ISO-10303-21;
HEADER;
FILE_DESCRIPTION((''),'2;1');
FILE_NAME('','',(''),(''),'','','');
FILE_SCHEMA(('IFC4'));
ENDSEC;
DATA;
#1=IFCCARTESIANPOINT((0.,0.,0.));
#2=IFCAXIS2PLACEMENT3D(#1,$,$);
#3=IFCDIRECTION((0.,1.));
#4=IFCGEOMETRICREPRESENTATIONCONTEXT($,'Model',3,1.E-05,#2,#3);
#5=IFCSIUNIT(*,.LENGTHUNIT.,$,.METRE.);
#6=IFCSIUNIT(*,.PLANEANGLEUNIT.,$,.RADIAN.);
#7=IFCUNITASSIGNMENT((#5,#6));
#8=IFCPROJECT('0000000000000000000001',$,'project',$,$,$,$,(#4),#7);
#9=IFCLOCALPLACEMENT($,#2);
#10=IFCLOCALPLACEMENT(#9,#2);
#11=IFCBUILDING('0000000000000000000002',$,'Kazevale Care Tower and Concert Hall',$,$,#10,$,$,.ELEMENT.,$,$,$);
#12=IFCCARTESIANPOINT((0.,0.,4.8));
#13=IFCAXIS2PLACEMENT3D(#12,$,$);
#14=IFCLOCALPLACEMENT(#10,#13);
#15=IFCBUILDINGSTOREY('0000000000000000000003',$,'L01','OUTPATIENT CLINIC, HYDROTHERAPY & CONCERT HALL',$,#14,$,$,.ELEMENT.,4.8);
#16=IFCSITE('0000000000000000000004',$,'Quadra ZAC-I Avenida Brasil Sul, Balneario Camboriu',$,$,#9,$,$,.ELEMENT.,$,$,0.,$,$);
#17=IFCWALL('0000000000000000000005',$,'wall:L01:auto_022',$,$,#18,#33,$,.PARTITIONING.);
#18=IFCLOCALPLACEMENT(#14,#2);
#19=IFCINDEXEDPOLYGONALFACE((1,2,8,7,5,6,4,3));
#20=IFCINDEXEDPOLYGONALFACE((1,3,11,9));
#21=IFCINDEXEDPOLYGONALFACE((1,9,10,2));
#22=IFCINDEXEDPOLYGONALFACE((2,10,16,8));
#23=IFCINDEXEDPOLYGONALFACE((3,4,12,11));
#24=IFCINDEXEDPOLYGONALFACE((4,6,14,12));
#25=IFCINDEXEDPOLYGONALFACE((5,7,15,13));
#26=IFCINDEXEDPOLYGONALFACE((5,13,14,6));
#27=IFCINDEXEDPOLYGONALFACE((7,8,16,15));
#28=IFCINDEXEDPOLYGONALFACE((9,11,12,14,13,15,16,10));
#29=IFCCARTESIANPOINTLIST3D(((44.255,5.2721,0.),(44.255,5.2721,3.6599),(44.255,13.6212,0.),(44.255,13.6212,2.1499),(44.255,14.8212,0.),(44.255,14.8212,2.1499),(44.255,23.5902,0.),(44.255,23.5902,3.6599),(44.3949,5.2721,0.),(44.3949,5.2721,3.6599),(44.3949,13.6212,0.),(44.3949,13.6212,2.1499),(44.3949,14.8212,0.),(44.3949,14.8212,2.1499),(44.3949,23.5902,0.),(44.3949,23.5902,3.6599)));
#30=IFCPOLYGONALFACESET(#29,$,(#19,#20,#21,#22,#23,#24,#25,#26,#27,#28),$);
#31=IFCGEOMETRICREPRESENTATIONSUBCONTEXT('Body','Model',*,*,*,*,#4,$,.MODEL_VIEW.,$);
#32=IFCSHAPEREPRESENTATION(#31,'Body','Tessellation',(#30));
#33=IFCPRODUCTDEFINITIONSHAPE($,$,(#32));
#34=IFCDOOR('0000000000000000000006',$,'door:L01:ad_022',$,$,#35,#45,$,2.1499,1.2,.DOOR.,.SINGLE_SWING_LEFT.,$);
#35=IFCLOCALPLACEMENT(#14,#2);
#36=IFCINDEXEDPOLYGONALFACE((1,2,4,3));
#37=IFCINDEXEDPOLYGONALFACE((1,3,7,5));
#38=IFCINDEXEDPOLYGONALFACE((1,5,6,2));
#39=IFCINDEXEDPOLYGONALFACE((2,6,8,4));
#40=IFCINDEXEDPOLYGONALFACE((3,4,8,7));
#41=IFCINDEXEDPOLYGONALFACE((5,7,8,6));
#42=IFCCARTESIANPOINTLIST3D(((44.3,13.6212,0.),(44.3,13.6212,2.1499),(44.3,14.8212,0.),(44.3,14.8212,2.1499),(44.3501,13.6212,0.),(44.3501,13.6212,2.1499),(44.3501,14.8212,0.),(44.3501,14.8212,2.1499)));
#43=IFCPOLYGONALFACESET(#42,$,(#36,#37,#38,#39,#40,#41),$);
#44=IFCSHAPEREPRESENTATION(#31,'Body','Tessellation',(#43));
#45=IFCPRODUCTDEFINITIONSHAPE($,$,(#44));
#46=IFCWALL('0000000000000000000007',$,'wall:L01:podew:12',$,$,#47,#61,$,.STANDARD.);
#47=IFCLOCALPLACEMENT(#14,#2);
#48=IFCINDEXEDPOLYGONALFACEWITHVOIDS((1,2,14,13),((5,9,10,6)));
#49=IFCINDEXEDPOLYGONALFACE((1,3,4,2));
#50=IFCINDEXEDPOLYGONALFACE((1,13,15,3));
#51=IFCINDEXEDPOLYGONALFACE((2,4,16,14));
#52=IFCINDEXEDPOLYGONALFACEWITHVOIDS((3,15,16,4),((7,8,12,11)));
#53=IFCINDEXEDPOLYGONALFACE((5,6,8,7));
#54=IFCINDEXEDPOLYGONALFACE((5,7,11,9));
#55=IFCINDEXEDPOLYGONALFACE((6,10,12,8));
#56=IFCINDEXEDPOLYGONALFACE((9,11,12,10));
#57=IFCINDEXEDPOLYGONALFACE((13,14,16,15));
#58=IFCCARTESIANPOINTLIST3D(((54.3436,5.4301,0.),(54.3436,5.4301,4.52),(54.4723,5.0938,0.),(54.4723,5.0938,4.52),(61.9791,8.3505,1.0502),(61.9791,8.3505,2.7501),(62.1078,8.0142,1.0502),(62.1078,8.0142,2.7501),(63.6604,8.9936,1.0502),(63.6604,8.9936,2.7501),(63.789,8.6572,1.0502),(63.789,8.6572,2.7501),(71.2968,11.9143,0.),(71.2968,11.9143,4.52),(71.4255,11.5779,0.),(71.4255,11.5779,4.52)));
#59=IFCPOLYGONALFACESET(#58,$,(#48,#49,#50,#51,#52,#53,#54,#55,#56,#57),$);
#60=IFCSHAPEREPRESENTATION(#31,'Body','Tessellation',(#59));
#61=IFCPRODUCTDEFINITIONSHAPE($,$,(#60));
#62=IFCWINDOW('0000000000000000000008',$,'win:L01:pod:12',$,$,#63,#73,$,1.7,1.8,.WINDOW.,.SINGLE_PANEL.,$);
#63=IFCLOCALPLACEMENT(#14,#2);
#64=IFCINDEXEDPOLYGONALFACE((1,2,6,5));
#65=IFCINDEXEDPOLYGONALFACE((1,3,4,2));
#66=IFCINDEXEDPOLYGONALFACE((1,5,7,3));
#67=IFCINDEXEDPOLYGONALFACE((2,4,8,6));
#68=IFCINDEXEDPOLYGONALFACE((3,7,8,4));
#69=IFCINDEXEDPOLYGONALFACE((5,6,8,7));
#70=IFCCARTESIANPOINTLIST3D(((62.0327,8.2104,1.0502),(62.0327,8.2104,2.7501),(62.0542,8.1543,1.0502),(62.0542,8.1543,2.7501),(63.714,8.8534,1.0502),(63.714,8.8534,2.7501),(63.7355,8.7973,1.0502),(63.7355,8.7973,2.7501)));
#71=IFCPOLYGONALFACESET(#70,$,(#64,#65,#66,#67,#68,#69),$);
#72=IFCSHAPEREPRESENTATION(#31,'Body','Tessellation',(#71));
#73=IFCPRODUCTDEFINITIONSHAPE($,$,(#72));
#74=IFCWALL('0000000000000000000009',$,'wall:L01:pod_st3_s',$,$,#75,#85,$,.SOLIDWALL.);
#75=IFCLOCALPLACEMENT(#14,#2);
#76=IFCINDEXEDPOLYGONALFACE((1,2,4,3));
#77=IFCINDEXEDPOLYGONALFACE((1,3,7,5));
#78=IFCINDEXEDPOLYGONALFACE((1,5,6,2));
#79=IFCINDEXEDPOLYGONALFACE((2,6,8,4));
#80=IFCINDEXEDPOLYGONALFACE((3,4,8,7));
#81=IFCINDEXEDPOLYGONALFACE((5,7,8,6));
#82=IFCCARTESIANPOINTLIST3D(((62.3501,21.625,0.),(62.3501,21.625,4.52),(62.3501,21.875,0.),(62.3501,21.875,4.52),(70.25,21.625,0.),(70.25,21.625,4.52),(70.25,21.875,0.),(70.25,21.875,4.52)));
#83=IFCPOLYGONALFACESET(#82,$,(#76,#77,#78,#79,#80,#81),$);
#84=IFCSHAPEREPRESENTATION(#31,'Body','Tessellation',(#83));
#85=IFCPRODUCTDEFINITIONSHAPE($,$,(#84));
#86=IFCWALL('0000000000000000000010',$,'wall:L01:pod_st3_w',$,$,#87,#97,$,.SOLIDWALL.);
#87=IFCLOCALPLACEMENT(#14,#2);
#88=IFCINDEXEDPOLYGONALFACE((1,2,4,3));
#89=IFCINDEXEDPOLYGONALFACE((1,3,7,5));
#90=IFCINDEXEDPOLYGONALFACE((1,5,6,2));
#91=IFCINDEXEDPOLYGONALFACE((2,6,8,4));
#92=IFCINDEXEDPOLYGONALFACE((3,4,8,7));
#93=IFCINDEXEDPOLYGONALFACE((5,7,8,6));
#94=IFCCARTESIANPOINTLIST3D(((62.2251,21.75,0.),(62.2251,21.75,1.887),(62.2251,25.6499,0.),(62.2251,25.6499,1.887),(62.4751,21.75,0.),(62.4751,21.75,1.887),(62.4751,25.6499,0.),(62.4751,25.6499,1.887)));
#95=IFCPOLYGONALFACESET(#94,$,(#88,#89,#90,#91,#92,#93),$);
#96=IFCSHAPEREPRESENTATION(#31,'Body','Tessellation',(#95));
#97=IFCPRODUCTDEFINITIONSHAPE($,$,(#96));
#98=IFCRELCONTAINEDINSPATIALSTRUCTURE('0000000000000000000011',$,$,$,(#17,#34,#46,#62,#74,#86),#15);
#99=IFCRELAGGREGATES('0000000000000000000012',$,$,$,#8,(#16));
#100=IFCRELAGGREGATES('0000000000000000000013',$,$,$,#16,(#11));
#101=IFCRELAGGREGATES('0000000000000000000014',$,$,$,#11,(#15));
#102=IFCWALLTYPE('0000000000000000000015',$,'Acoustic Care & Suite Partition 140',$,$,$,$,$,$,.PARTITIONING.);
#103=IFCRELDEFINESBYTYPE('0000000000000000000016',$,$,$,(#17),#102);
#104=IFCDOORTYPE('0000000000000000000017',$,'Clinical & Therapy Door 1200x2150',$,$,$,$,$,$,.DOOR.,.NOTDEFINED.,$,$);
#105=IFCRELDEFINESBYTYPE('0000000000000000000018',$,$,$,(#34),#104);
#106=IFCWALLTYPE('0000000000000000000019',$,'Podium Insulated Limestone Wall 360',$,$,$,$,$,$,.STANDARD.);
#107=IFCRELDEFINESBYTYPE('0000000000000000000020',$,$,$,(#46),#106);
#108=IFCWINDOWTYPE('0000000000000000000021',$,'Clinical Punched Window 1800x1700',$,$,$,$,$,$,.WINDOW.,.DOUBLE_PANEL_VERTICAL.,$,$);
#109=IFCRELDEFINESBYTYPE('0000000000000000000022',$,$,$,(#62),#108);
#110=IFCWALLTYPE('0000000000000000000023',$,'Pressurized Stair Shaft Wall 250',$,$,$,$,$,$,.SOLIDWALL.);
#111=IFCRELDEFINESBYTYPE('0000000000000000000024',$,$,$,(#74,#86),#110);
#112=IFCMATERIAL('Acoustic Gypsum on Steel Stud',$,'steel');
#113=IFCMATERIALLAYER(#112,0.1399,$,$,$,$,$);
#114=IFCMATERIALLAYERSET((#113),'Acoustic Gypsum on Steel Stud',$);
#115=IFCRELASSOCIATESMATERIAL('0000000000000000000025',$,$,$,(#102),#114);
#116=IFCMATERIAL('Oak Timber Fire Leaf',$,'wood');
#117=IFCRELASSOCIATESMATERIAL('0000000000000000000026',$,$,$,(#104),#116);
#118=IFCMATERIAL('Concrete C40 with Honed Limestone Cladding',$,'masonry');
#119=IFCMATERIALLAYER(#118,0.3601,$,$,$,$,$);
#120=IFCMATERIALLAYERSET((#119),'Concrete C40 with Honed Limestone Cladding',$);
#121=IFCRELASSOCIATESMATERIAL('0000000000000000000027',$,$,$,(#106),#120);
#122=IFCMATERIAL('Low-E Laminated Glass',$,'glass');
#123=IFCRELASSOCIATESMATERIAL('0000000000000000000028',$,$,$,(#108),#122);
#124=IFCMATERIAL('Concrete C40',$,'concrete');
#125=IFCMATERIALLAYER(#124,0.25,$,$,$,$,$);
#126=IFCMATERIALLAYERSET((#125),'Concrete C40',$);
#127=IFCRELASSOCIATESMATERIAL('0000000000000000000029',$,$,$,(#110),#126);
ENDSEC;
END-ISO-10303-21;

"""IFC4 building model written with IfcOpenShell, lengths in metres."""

from ifc_helpers import new_model, si_unit, direction, frame, frame_2d, origin, place, context, subcontext, project, spatial, rectangle, extrude, material, layer, layer_set, type_object, element, fill, save


model = new_model("IFC4")

# Units and contexts
model_context = context("Model", 3, precision=1e-05, world=origin(), true_north=direction((0.0, 1.0)))
body_context = subcontext(model_context, "Body", "Model", "MODEL_VIEW")
ifc_project = project(units=[si_unit("LENGTHUNIT", "METRE"), si_unit("PLANEANGLEUNIT", "RADIAN")], contexts=[model_context])

# Site, building, storey
site_placement = place(None, origin())
site = spatial("IfcSite", under=ifc_project, at=site_placement, Name="Quadra ZAC-I Avenida Brasil Sul, Balneario Camboriu", CompositionType="ELEMENT", RefElevation=0.0)
building_placement = place(site_placement, origin())
building = spatial("IfcBuilding", under=site, at=building_placement, Name="Kazevale Care Tower and Concert Hall", CompositionType="ELEMENT")
storey_placement = place(building_placement, frame((0.0, 0.0, 4.8)))
storey = spatial("IfcBuildingStorey", under=building, at=storey_placement, Name="L01", Description="OUTPATIENT CLINIC, HYDROTHERAPY & CONCERT HALL", CompositionType="ELEMENT", Elevation=4.8)

# Wall, opening, door
ifc_material_1 = material(Name="Acoustic Gypsum on Steel Stud", Category="steel")
ifc_layer_1 = layer(ifc_material_1, 0.1399)
ifc_layer_set_1 = layer_set([ifc_layer_1], Name="Acoustic Gypsum on Steel Stud")
wall_type_1 = type_object("IfcWallType", Name="Acoustic Care & Suite Partition 140", PredefinedType="PARTITIONING", material=ifc_layer_set_1)
wall_1_placement = place(storey_placement, frame((44.325, 5.272, 0.0), z_axis=(0.0, 0.0, 1.0), x_axis=(0.0, 1.0, 0.0)))
wall_1 = element("IfcWall", 1, at=wall_1_placement, inside=storey, type_object=wall_type_1, Name="wall:L01:auto_022", PredefinedType="PARTITIONING", context=body_context, shape_type="SweptSolid", body=[
    extrude(rectangle(XDim=18.3181, YDim=0.1399, at=frame_2d((9.1592, 0.0))), origin(), (0.0, 0.0, 1.0), 3.6599),
])
opening_1_placement = place(wall_1_placement, frame((8.3491, 0.0, 0.0)))
opening_1 = element("IfcOpeningElement", 2, at=opening_1_placement, cuts=wall_1, PredefinedType="OPENING", context=body_context, shape_type="SweptSolid", body=[
    extrude(rectangle(XDim=1.2, YDim=2.1499, at=frame_2d((0.6001, 1.075))), frame((0.0, 0.0798, 0.0), z_axis=(0.0, -1.0, 0.0), x_axis=(1.0, 0.0, 0.0)), (0.0, 0.0, 1.0), 0.1599),
])
ifc_material_2 = material(Name="Oak Timber Fire Leaf", Category="wood")
door_type = type_object("IfcDoorType", Name="Clinical & Therapy Door 1200x2150", OperationType="NOTDEFINED", PredefinedType="DOOR", material=ifc_material_2)
door_placement = place(opening_1_placement, origin())
door = element("IfcDoor", 3, at=door_placement, inside=storey, type_object=door_type, Name="door:L01:ad_022", OperationType="SINGLE_SWING_LEFT", OverallHeight=2.1499, OverallWidth=1.2, PredefinedType="DOOR", context=body_context, shape_type="SweptSolid", body=[
    extrude(rectangle(XDim=1.2, YDim=2.1499, at=frame_2d((0.6001, 1.075))), frame((0.0, 0.0249, 0.0), z_axis=(0.0, -1.0, 0.0), x_axis=(1.0, 0.0, 0.0)), (0.0, 0.0, 1.0), 0.05),
])
fill(opening_1, door)

# Wall, opening, window
ifc_material_3 = material(Name="Concrete C40 with Honed Limestone Cladding", Category="masonry")
ifc_layer_2 = layer(ifc_material_3, 0.3601)
ifc_layer_set_2 = layer_set([ifc_layer_2], Name="Concrete C40 with Honed Limestone Cladding")
wall_type_2 = type_object("IfcWallType", Name="Podium Insulated Limestone Wall 360", PredefinedType="STANDARD", material=ifc_layer_set_2)
wall_2_placement = place(storey_placement, frame((54.408, 5.262, 0.0), z_axis=(0.0, 0.0, 1.0), x_axis=(0.934014, 0.357236, 0.0)))
wall_2 = element("IfcWall", 4, at=wall_2_placement, inside=storey, type_object=wall_type_2, Name="wall:L01:podew:12", PredefinedType="STANDARD", context=body_context, shape_type="SweptSolid", body=[
    extrude(rectangle(XDim=18.1509, YDim=0.3601, at=frame_2d((9.0754, 0.0))), origin(), (0.0, 0.0, 1.0), 4.52),
])
opening_2_placement = place(wall_2_placement, frame((8.175, 0.0, 1.05)))
opening_2 = element("IfcOpeningElement", 5, at=opening_2_placement, cuts=wall_2, PredefinedType="OPENING", context=body_context, shape_type="SweptSolid", body=[
    extrude(rectangle(XDim=1.8, YDim=1.7, at=frame_2d((0.8999, 0.8501))), frame((0.0, 0.1899, 0.0), z_axis=(0.0, -1.0, 0.0), x_axis=(1.0, 0.0, 0.0)), (0.0, 0.0, 1.0), 0.3801),
])
ifc_material_4 = material(Name="Low-E Laminated Glass", Category="glass")
window_type = type_object("IfcWindowType", Name="Clinical Punched Window 1800x1700", PartitioningType="DOUBLE_PANEL_VERTICAL", PredefinedType="WINDOW", material=ifc_material_4)
window_placement = place(opening_2_placement, origin())
window = element("IfcWindow", 6, at=window_placement, inside=storey, type_object=window_type, Name="win:L01:pod:12", OverallHeight=1.7, OverallWidth=1.8, PartitioningType="SINGLE_PANEL", PredefinedType="WINDOW", context=body_context, shape_type="SweptSolid", body=[
    extrude(rectangle(XDim=1.8, YDim=1.7, at=frame_2d((0.8999, 0.8501))), frame((0.0, 0.03, 0.0), z_axis=(0.0, -1.0, 0.0), x_axis=(1.0, 0.0, 0.0)), (0.0, 0.0, 1.0), 0.0601),
])
fill(opening_2, window)

# Walls
ifc_material_5 = material(Name="Concrete C40", Category="concrete")
ifc_layer_3 = layer(ifc_material_5, 0.25)
ifc_layer_set_3 = layer_set([ifc_layer_3], Name="Concrete C40")
wall_type_3 = type_object("IfcWallType", Name="Pressurized Stair Shaft Wall 250", PredefinedType="SOLIDWALL", material=ifc_layer_set_3)
wall_3_placement = place(storey_placement, frame((62.3501, 21.75, 0.0), z_axis=(0.0, 0.0, 1.0), x_axis=(1.0, 0.0, 0.0)))
element("IfcWall", 7, at=wall_3_placement, inside=storey, type_object=wall_type_3, Name="wall:L01:pod_st3_s", PredefinedType="SOLIDWALL", context=body_context, shape_type="SweptSolid", body=[
    extrude(rectangle(XDim=7.8999, YDim=0.25, at=frame_2d((3.95, 0.0))), origin(), (0.0, 0.0, 1.0), 4.52),
])
wall_4_placement = place(storey_placement, frame((62.3501, 21.75, 0.0), z_axis=(0.0, 0.0, 1.0), x_axis=(0.0, 1.0, 0.0)))
element("IfcWall", 8, at=wall_4_placement, inside=storey, type_object=wall_type_3, Name="wall:L01:pod_st3_w", PredefinedType="SOLIDWALL", context=body_context, shape_type="SweptSolid", body=[
    extrude(rectangle(XDim=3.8999, YDim=0.25, at=frame_2d((1.95, 0.0))), origin(), (0.0, 0.0, 1.0), 1.887),
])

save(model, "model.ifc")
